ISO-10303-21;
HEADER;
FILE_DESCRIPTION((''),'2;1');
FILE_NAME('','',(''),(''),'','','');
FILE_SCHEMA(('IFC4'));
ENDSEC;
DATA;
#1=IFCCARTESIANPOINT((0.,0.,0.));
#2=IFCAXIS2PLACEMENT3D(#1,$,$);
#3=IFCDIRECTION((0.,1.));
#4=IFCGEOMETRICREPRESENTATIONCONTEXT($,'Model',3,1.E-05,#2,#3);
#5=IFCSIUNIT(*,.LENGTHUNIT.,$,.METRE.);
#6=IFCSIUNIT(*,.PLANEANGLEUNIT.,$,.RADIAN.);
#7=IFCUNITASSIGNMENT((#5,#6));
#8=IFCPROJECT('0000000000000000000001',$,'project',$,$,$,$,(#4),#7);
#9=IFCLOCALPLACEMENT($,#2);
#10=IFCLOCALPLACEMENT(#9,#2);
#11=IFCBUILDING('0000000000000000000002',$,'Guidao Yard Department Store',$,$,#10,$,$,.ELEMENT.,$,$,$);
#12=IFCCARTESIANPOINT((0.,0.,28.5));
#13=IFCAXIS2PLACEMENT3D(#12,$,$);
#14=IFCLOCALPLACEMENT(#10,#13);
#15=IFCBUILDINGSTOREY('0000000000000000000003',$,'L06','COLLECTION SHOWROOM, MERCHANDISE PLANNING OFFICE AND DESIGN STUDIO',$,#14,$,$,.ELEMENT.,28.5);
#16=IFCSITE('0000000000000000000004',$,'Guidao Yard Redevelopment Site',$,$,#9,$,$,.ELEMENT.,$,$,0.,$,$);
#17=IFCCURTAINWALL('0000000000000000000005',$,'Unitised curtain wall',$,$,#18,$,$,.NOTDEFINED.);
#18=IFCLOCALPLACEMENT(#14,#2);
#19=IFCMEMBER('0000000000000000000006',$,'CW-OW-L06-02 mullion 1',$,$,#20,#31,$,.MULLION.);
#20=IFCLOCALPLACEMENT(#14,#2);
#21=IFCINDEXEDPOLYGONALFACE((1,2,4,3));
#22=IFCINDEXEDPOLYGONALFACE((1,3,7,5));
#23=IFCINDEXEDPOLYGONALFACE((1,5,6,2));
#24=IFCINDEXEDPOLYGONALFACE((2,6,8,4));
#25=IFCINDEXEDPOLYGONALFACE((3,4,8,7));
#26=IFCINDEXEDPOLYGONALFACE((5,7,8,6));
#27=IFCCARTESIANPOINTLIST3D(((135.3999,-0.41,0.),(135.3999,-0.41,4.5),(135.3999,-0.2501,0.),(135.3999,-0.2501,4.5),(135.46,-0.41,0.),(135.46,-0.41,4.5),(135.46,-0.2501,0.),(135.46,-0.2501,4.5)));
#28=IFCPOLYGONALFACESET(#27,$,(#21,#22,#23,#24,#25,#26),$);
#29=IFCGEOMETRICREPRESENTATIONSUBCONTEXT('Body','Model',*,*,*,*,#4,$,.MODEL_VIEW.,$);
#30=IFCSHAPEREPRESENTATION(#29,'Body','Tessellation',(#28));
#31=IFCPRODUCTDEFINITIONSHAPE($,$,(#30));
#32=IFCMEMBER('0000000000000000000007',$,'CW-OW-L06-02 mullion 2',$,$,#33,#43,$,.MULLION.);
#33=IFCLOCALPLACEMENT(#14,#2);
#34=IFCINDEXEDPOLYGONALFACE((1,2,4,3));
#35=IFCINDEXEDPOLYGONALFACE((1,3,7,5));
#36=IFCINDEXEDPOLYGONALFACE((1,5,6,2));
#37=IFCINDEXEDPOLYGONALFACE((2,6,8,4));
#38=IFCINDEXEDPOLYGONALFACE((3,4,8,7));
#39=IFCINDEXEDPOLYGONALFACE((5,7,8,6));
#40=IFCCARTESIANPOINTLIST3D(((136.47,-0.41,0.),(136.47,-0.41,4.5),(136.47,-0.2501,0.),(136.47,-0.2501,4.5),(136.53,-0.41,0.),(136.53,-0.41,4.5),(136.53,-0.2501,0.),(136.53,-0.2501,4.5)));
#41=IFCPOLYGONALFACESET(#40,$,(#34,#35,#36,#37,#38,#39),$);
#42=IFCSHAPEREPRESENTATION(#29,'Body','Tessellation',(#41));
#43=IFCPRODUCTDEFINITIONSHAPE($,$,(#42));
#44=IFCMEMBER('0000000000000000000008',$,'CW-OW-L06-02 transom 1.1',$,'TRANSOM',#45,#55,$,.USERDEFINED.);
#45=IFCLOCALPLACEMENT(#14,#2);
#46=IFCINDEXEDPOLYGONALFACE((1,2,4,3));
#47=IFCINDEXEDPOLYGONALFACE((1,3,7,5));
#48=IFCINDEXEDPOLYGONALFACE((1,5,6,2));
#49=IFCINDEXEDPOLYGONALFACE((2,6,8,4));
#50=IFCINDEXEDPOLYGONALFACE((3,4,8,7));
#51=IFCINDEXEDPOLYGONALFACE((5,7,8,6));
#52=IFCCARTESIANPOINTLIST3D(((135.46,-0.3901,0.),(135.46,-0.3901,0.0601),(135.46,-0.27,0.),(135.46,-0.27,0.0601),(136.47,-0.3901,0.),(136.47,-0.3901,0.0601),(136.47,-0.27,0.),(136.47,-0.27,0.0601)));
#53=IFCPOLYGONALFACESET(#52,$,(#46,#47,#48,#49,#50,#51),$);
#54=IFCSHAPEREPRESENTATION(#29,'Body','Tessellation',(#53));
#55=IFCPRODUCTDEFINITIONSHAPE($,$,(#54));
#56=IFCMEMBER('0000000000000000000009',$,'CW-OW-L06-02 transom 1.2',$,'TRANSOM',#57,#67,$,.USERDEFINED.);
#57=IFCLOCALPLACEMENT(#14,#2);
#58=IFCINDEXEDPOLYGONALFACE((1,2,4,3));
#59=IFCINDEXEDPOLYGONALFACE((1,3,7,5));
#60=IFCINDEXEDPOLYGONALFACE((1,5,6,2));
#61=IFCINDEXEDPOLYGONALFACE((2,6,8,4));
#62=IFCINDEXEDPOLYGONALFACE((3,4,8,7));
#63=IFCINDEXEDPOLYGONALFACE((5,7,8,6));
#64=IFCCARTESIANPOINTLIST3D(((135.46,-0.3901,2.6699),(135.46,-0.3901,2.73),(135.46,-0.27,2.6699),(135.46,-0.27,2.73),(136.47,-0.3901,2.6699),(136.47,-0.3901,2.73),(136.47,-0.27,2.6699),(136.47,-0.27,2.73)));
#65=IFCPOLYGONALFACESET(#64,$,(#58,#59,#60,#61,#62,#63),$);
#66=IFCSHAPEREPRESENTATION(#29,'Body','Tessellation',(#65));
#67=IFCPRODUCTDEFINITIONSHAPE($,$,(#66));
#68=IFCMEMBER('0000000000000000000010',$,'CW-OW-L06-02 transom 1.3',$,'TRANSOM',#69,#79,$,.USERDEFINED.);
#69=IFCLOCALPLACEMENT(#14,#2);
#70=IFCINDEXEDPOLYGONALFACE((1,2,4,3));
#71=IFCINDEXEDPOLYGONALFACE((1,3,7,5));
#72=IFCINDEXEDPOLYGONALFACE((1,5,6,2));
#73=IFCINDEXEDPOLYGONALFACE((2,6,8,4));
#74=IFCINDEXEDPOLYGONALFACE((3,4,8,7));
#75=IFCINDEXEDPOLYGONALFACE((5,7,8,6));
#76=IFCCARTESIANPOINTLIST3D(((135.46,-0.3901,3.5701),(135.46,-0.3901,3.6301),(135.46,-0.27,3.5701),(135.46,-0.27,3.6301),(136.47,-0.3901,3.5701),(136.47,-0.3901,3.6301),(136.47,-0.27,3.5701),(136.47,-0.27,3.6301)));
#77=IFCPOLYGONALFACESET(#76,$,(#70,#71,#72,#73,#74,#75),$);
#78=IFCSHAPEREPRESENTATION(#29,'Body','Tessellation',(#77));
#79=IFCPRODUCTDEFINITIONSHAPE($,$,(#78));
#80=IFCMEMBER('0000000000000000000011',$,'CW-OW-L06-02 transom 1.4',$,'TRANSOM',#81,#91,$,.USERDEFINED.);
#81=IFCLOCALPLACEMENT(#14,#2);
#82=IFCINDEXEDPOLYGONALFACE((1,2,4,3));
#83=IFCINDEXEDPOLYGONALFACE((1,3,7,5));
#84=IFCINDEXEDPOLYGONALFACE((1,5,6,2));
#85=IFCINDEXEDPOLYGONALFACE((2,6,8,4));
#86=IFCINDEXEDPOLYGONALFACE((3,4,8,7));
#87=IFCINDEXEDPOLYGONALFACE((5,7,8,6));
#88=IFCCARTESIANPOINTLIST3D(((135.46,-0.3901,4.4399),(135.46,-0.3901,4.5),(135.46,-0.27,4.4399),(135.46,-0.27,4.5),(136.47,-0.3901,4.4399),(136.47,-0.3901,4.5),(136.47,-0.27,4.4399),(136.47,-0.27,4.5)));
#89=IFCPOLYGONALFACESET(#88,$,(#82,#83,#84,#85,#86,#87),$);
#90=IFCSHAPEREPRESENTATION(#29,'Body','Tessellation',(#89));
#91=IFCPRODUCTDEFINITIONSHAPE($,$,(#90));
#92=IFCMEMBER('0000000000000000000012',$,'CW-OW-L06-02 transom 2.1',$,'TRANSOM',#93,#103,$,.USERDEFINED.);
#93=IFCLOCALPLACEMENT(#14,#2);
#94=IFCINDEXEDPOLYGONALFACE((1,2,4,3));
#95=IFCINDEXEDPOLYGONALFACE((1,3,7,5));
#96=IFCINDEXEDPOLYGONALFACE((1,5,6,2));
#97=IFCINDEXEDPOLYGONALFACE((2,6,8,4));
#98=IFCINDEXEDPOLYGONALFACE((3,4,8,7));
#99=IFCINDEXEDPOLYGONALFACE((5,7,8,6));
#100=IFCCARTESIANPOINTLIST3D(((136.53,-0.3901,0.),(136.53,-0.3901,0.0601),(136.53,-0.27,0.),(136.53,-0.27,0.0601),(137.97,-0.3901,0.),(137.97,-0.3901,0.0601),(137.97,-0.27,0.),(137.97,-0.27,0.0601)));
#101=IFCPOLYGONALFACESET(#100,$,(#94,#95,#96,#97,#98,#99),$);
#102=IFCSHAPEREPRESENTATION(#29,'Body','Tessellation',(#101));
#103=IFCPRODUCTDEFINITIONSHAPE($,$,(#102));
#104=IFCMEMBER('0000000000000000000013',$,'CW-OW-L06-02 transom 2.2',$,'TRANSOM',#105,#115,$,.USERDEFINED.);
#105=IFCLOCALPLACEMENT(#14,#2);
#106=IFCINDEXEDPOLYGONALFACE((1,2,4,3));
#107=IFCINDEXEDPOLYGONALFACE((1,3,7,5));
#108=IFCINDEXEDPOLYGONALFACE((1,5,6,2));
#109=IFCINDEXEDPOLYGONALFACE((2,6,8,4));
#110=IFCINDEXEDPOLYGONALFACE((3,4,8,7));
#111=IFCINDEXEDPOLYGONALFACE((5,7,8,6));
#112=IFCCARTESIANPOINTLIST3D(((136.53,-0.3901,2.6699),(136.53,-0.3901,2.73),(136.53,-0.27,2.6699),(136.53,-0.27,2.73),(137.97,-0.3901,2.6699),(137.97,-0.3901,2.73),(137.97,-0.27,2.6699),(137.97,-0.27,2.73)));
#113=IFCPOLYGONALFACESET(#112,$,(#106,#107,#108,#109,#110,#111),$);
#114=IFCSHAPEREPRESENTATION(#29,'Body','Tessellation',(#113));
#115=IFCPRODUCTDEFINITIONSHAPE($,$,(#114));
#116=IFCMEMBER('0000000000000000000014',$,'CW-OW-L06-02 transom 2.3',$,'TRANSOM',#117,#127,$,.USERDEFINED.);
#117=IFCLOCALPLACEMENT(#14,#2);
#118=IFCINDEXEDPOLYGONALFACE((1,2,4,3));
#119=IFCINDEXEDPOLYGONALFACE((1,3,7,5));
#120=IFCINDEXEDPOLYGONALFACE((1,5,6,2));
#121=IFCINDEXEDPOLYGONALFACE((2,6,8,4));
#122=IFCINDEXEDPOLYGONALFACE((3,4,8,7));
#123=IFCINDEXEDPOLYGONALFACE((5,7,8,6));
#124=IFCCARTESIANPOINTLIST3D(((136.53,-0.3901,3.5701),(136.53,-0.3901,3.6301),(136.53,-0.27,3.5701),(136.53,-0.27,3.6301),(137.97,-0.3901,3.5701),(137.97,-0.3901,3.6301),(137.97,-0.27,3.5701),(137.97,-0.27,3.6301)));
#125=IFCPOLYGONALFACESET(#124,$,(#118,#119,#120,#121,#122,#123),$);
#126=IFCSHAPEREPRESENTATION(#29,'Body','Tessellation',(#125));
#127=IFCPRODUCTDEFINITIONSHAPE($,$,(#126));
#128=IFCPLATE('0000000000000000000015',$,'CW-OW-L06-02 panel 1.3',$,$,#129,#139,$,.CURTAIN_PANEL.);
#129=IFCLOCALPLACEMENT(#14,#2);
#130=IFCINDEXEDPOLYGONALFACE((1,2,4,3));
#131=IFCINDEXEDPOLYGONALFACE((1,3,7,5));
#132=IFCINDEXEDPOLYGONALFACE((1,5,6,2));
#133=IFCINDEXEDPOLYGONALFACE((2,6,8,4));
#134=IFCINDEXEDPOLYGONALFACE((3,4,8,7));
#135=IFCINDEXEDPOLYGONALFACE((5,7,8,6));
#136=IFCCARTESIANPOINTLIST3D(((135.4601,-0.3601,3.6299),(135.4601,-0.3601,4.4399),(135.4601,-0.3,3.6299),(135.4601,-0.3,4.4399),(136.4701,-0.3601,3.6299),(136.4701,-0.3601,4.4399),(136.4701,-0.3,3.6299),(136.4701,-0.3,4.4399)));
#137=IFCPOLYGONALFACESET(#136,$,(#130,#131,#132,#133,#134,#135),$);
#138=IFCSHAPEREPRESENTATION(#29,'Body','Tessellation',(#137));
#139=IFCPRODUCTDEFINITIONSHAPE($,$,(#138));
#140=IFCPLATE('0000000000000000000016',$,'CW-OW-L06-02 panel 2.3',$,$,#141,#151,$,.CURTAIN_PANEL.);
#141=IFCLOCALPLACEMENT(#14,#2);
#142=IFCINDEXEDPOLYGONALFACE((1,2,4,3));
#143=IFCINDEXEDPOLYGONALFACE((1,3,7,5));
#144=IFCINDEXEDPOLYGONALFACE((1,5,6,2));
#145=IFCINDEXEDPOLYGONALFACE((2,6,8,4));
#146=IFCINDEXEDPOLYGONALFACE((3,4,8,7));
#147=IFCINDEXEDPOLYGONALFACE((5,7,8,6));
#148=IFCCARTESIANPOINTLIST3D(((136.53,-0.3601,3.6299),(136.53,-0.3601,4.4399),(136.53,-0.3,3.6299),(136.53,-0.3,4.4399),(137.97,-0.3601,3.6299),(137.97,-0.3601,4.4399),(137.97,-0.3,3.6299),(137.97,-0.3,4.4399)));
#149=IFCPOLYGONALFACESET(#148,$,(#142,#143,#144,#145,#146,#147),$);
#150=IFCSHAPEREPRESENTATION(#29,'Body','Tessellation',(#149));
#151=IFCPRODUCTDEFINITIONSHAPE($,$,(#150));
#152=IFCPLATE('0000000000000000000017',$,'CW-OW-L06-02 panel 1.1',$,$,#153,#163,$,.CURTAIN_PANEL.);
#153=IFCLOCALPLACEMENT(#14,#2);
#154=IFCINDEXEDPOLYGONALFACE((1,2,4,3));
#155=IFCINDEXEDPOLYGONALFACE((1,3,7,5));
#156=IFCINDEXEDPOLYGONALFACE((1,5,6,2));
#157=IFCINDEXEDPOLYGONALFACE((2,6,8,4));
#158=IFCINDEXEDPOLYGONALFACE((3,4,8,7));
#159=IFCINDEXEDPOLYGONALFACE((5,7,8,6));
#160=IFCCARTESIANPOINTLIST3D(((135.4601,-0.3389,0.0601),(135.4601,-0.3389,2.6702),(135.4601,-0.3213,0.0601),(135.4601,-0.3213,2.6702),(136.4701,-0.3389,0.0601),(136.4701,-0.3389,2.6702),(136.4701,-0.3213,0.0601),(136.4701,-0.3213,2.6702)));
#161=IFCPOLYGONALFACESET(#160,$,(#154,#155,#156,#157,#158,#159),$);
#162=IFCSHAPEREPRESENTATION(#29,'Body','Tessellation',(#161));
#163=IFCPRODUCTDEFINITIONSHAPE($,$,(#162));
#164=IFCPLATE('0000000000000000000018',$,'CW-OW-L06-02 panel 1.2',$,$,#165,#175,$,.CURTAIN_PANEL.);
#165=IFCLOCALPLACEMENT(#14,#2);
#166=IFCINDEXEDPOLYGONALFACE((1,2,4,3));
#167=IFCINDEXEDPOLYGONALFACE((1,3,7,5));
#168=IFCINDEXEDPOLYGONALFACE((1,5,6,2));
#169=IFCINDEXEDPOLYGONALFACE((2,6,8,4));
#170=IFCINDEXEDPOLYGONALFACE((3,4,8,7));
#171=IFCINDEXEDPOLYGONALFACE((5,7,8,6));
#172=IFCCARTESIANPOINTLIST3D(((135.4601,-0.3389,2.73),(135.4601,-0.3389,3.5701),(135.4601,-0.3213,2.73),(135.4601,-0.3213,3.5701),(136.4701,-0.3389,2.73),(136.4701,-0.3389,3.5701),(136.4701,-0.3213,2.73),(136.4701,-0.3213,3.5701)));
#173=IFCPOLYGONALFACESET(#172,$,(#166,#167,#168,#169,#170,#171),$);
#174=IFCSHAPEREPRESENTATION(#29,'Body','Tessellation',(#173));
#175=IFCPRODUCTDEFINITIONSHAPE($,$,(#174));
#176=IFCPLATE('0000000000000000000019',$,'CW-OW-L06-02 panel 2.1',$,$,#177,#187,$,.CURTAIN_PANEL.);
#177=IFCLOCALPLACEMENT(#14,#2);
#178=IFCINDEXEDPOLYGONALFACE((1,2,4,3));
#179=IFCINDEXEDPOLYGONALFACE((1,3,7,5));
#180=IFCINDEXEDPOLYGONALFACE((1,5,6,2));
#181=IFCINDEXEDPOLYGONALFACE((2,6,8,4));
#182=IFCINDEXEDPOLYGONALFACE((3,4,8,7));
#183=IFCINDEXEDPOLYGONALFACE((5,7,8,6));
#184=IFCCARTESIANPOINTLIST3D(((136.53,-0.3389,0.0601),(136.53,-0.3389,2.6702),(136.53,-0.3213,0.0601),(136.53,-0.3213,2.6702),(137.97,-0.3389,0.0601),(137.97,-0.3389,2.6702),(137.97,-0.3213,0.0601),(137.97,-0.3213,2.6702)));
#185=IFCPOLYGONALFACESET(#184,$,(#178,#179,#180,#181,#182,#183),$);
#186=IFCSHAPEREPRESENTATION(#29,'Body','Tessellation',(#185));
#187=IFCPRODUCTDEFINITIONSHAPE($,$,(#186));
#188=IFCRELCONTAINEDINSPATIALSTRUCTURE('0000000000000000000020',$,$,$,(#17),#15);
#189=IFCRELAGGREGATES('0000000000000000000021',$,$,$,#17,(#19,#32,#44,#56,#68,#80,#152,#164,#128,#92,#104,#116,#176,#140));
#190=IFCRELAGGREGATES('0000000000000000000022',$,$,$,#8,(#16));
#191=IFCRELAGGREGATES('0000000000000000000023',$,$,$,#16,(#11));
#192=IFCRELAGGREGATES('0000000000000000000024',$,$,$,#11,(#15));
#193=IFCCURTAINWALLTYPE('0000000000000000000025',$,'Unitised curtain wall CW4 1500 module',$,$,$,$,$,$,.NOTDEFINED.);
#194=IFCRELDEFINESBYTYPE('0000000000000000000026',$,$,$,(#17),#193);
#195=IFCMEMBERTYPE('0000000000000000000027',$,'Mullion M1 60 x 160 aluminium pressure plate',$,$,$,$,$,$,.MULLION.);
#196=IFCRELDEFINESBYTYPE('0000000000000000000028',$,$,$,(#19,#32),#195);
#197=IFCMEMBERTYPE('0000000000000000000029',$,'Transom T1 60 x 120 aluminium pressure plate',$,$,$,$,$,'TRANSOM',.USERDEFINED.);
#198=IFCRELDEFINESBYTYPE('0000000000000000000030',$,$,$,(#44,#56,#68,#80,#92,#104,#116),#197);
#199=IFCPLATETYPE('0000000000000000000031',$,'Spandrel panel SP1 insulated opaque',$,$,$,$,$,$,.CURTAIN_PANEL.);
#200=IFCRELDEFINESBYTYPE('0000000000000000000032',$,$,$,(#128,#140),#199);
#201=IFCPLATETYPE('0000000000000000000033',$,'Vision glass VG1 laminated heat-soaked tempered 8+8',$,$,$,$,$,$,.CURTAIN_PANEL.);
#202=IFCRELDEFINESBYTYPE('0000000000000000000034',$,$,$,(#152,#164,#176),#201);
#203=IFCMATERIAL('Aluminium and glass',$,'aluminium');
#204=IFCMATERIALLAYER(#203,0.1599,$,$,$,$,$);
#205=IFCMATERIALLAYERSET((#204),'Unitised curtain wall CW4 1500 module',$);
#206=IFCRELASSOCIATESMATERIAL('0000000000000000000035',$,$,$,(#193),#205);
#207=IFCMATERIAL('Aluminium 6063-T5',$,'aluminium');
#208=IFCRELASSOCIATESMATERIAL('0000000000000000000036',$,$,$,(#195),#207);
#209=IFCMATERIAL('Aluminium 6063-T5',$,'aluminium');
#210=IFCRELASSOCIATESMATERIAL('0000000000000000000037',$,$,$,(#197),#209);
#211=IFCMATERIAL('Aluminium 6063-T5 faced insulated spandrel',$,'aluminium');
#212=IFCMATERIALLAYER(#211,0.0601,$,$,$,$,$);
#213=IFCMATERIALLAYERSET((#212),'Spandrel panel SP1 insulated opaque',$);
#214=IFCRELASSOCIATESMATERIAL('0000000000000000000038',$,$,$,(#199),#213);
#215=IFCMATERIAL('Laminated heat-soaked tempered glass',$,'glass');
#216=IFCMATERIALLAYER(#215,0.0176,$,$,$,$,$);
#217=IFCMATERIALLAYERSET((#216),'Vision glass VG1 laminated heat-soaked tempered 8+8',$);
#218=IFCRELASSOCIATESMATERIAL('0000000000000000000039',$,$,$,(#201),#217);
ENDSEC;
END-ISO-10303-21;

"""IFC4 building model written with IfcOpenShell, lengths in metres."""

from ifc_helpers import new_model, si_unit, direction, frame, origin, origin_2d, place, context, subcontext, project, spatial, rectangle, extrude, material, layer, layer_set, material_profile, profile_set, type_object, element, aggregate, save


model = new_model("IFC4")

# Units and contexts
model_context = context("Model", 3, precision=1e-05, world=origin(), true_north=direction((0.0, 1.0)))
body_context = subcontext(model_context, "Body", "Model", "MODEL_VIEW")
ifc_project = project(units=[si_unit("LENGTHUNIT", "METRE"), si_unit("PLANEANGLEUNIT", "RADIAN")], contexts=[model_context])

# Site, building, storey
site_placement = place(None, origin())
site = spatial("IfcSite", under=ifc_project, at=site_placement, Name="Guidao Yard Redevelopment Site", CompositionType="ELEMENT", RefElevation=0.0)
building_placement = place(site_placement, origin())
building = spatial("IfcBuilding", under=site, at=building_placement, Name="Guidao Yard Department Store", CompositionType="ELEMENT")
storey_placement = place(building_placement, frame((0.0, 0.0, 28.5)))
storey = spatial("IfcBuildingStorey", under=building, at=storey_placement, Name="L06", Description="COLLECTION SHOWROOM, MERCHANDISE PLANNING OFFICE AND DESIGN STUDIO", CompositionType="ELEMENT", Elevation=28.5)

# Curtain wall, members, plates
ifc_material_1 = material(Name="Aluminium and glass", Category="aluminium")
ifc_layer_1 = layer(ifc_material_1, 0.1599)
ifc_layer_set_1 = layer_set([ifc_layer_1], Name="Unitised curtain wall CW4 1500 module")
curtain_wall_type = type_object("IfcCurtainWallType", Name="Unitised curtain wall CW4 1500 module", PredefinedType="NOTDEFINED", material=ifc_layer_set_1)
curtain_wall_placement = place(storey_placement, origin())
curtain_wall = element("IfcCurtainWall", 1, at=curtain_wall_placement, inside=storey, type_object=curtain_wall_type, Name="Unitised curtain wall", PredefinedType="NOTDEFINED")
ifc_material_2 = material(Name="Aluminium 6063-T5", Category="aluminium")
ifc_material_profile_1 = material_profile(ifc_material_2, rectangle(XDim=0.0601, YDim=0.1599, at=origin_2d()), Name="Mullion M1 60 x 160 aluminium pressure plate")
ifc_profile_set_1 = profile_set([ifc_material_profile_1], Name="Aluminium 6063-T5")
member_type_1 = type_object("IfcMemberType", Name="Mullion M1 60 x 160 aluminium pressure plate", PredefinedType="MULLION", material=ifc_profile_set_1)
member_1_placement = place(storey_placement, frame((135.4299, -0.3301, 0.0), z_axis=(0.0, 0.0, 1.0), x_axis=(-1.0, 0.0, 0.0)))
member_1 = element("IfcMember", 2, at=member_1_placement, type_object=member_type_1, Name="CW-OW-L06-02 mullion 1", PredefinedType="MULLION", context=body_context, shape_type="SweptSolid", body=[
    extrude(rectangle(XDim=0.0601, YDim=0.1599, at=origin_2d()), origin(), (0.0, 0.0, 1.0), 4.5),
])
member_2_placement = place(storey_placement, frame((136.5, -0.3301, 0.0), z_axis=(0.0, 0.0, 1.0), x_axis=(-1.0, 0.0, 0.0)))
member_2 = element("IfcMember", 3, at=member_2_placement, type_object=member_type_1, Name="CW-OW-L06-02 mullion 2", PredefinedType="MULLION", context=body_context, shape_type="SweptSolid", body=[
    extrude(rectangle(XDim=0.0601, YDim=0.1599, at=origin_2d()), origin(), (0.0, 0.0, 1.0), 4.5),
])
ifc_material_3 = material(Name="Aluminium 6063-T5", Category="aluminium")
ifc_material_profile_2 = material_profile(ifc_material_3, rectangle(XDim=0.1201, YDim=0.0601, at=origin_2d()), Name="Transom T1 60 x 120 aluminium pressure plate")
ifc_profile_set_2 = profile_set([ifc_material_profile_2], Name="Aluminium 6063-T5")
member_type_2 = type_object("IfcMemberType", Name="Transom T1 60 x 120 aluminium pressure plate", ElementType="TRANSOM", PredefinedType="USERDEFINED", material=ifc_profile_set_2)
member_3_placement = place(storey_placement, frame((136.47, -0.3301, 0.03), z_axis=(-1.0, 0.0, 0.0), x_axis=(0.0, -1.0, 0.0)))
member_3 = element("IfcMember", 4, at=member_3_placement, type_object=member_type_2, Name="CW-OW-L06-02 transom 1.1", ObjectType="TRANSOM", PredefinedType="USERDEFINED", context=body_context, shape_type="SweptSolid", body=[
    extrude(rectangle(XDim=0.1201, YDim=0.0601, at=origin_2d()), origin(), (0.0, 0.0, 1.0), 1.01),
])
member_4_placement = place(storey_placement, frame((136.47, -0.3301, 2.7), z_axis=(-1.0, 0.0, 0.0), x_axis=(0.0, -1.0, 0.0)))
member_4 = element("IfcMember", 5, at=member_4_placement, type_object=member_type_2, Name="CW-OW-L06-02 transom 1.2", ObjectType="TRANSOM", PredefinedType="USERDEFINED", context=body_context, shape_type="SweptSolid", body=[
    extrude(rectangle(XDim=0.1201, YDim=0.0601, at=origin_2d()), origin(), (0.0, 0.0, 1.0), 1.01),
])
member_5_placement = place(storey_placement, frame((136.47, -0.3301, 3.6001), z_axis=(-1.0, 0.0, 0.0), x_axis=(0.0, -1.0, 0.0)))
member_5 = element("IfcMember", 6, at=member_5_placement, type_object=member_type_2, Name="CW-OW-L06-02 transom 1.3", ObjectType="TRANSOM", PredefinedType="USERDEFINED", context=body_context, shape_type="SweptSolid", body=[
    extrude(rectangle(XDim=0.1201, YDim=0.0601, at=origin_2d()), origin(), (0.0, 0.0, 1.0), 1.01),
])
member_6_placement = place(storey_placement, frame((136.47, -0.3301, 4.47), z_axis=(-1.0, 0.0, 0.0), x_axis=(0.0, -1.0, 0.0)))
member_6 = element("IfcMember", 7, at=member_6_placement, type_object=member_type_2, Name="CW-OW-L06-02 transom 1.4", ObjectType="TRANSOM", PredefinedType="USERDEFINED", context=body_context, shape_type="SweptSolid", body=[
    extrude(rectangle(XDim=0.1201, YDim=0.0601, at=origin_2d()), origin(), (0.0, 0.0, 1.0), 1.01),
])
member_7_placement = place(storey_placement, frame((137.97, -0.3301, 0.03), z_axis=(-1.0, 0.0, 0.0), x_axis=(0.0, -1.0, 0.0)))
member_7 = element("IfcMember", 8, at=member_7_placement, type_object=member_type_2, Name="CW-OW-L06-02 transom 2.1", ObjectType="TRANSOM", PredefinedType="USERDEFINED", context=body_context, shape_type="SweptSolid", body=[
    extrude(rectangle(XDim=0.1201, YDim=0.0601, at=origin_2d()), origin(), (0.0, 0.0, 1.0), 1.4399),
])
member_8_placement = place(storey_placement, frame((137.97, -0.3301, 2.7), z_axis=(-1.0, 0.0, 0.0), x_axis=(0.0, -1.0, 0.0)))
member_8 = element("IfcMember", 9, at=member_8_placement, type_object=member_type_2, Name="CW-OW-L06-02 transom 2.2", ObjectType="TRANSOM", PredefinedType="USERDEFINED", context=body_context, shape_type="SweptSolid", body=[
    extrude(rectangle(XDim=0.1201, YDim=0.0601, at=origin_2d()), origin(), (0.0, 0.0, 1.0), 1.4399),
])
member_9_placement = place(storey_placement, frame((137.97, -0.3301, 3.6001), z_axis=(-1.0, 0.0, 0.0), x_axis=(0.0, -1.0, 0.0)))
member_9 = element("IfcMember", 10, at=member_9_placement, type_object=member_type_2, Name="CW-OW-L06-02 transom 2.3", ObjectType="TRANSOM", PredefinedType="USERDEFINED", context=body_context, shape_type="SweptSolid", body=[
    extrude(rectangle(XDim=0.1201, YDim=0.0601, at=origin_2d()), origin(), (0.0, 0.0, 1.0), 1.4399),
])
ifc_material_4 = material(Name="Aluminium 6063-T5 faced insulated spandrel", Category="aluminium")
ifc_layer_2 = layer(ifc_material_4, 0.0601)
ifc_layer_set_2 = layer_set([ifc_layer_2], Name="Spandrel panel SP1 insulated opaque")
plate_type_1 = type_object("IfcPlateType", Name="Spandrel panel SP1 insulated opaque", PredefinedType="CURTAIN_PANEL", material=ifc_layer_set_2)
plate_1_placement = place(storey_placement, frame((135.9651, -0.3301, 3.6299), z_axis=(0.0, 0.0, 1.0), x_axis=(-1.0, 0.0, 0.0)))
plate_1 = element("IfcPlate", 11, at=plate_1_placement, type_object=plate_type_1, Name="CW-OW-L06-02 panel 1.3", PredefinedType="CURTAIN_PANEL", context=body_context, shape_type="SweptSolid", body=[
    extrude(rectangle(XDim=1.01, YDim=0.0601, at=origin_2d()), origin(), (0.0, 0.0, 1.0), 0.8101),
])
plate_2_placement = place(storey_placement, frame((137.25, -0.3301, 3.6299), z_axis=(0.0, 0.0, 1.0), x_axis=(-1.0, 0.0, 0.0)))
plate_2 = element("IfcPlate", 12, at=plate_2_placement, type_object=plate_type_1, Name="CW-OW-L06-02 panel 2.3", PredefinedType="CURTAIN_PANEL", context=body_context, shape_type="SweptSolid", body=[
    extrude(rectangle(XDim=1.4399, YDim=0.0601, at=origin_2d()), origin(), (0.0, 0.0, 1.0), 0.8101),
])
ifc_material_5 = material(Name="Laminated heat-soaked tempered glass", Category="glass")
ifc_layer_3 = layer(ifc_material_5, 0.0176)
ifc_layer_set_3 = layer_set([ifc_layer_3], Name="Vision glass VG1 laminated heat-soaked tempered 8+8")
plate_type_2 = type_object("IfcPlateType", Name="Vision glass VG1 laminated heat-soaked tempered 8+8", PredefinedType="CURTAIN_PANEL", material=ifc_layer_set_3)
plate_3_placement = place(storey_placement, frame((135.9651, -0.3301, 0.0601), z_axis=(0.0, 0.0, 1.0), x_axis=(-1.0, 0.0, 0.0)))
plate_3 = element("IfcPlate", 13, at=plate_3_placement, type_object=plate_type_2, Name="CW-OW-L06-02 panel 1.1", PredefinedType="CURTAIN_PANEL", context=body_context, shape_type="SweptSolid", body=[
    extrude(rectangle(XDim=1.01, YDim=0.0176, at=origin_2d()), origin(), (0.0, 0.0, 1.0), 2.6101),
])
plate_4_placement = place(storey_placement, frame((135.9651, -0.3301, 2.73), z_axis=(0.0, 0.0, 1.0), x_axis=(-1.0, 0.0, 0.0)))
plate_4 = element("IfcPlate", 14, at=plate_4_placement, type_object=plate_type_2, Name="CW-OW-L06-02 panel 1.2", PredefinedType="CURTAIN_PANEL", context=body_context, shape_type="SweptSolid", body=[
    extrude(rectangle(XDim=1.01, YDim=0.0176, at=origin_2d()), origin(), (0.0, 0.0, 1.0), 0.8401),
])
plate_5_placement = place(storey_placement, frame((137.25, -0.3301, 0.0601), z_axis=(0.0, 0.0, 1.0), x_axis=(-1.0, 0.0, 0.0)))
plate_5 = element("IfcPlate", 15, at=plate_5_placement, type_object=plate_type_2, Name="CW-OW-L06-02 panel 2.1", PredefinedType="CURTAIN_PANEL", context=body_context, shape_type="SweptSolid", body=[
    extrude(rectangle(XDim=1.4399, YDim=0.0176, at=origin_2d()), origin(), (0.0, 0.0, 1.0), 2.6101),
])
aggregate(curtain_wall, [member_1, member_2, member_3, member_4, member_5, member_6, plate_3, plate_4, plate_1, member_7, member_8, member_9, plate_5, plate_2])

save(model, "model.ifc")
